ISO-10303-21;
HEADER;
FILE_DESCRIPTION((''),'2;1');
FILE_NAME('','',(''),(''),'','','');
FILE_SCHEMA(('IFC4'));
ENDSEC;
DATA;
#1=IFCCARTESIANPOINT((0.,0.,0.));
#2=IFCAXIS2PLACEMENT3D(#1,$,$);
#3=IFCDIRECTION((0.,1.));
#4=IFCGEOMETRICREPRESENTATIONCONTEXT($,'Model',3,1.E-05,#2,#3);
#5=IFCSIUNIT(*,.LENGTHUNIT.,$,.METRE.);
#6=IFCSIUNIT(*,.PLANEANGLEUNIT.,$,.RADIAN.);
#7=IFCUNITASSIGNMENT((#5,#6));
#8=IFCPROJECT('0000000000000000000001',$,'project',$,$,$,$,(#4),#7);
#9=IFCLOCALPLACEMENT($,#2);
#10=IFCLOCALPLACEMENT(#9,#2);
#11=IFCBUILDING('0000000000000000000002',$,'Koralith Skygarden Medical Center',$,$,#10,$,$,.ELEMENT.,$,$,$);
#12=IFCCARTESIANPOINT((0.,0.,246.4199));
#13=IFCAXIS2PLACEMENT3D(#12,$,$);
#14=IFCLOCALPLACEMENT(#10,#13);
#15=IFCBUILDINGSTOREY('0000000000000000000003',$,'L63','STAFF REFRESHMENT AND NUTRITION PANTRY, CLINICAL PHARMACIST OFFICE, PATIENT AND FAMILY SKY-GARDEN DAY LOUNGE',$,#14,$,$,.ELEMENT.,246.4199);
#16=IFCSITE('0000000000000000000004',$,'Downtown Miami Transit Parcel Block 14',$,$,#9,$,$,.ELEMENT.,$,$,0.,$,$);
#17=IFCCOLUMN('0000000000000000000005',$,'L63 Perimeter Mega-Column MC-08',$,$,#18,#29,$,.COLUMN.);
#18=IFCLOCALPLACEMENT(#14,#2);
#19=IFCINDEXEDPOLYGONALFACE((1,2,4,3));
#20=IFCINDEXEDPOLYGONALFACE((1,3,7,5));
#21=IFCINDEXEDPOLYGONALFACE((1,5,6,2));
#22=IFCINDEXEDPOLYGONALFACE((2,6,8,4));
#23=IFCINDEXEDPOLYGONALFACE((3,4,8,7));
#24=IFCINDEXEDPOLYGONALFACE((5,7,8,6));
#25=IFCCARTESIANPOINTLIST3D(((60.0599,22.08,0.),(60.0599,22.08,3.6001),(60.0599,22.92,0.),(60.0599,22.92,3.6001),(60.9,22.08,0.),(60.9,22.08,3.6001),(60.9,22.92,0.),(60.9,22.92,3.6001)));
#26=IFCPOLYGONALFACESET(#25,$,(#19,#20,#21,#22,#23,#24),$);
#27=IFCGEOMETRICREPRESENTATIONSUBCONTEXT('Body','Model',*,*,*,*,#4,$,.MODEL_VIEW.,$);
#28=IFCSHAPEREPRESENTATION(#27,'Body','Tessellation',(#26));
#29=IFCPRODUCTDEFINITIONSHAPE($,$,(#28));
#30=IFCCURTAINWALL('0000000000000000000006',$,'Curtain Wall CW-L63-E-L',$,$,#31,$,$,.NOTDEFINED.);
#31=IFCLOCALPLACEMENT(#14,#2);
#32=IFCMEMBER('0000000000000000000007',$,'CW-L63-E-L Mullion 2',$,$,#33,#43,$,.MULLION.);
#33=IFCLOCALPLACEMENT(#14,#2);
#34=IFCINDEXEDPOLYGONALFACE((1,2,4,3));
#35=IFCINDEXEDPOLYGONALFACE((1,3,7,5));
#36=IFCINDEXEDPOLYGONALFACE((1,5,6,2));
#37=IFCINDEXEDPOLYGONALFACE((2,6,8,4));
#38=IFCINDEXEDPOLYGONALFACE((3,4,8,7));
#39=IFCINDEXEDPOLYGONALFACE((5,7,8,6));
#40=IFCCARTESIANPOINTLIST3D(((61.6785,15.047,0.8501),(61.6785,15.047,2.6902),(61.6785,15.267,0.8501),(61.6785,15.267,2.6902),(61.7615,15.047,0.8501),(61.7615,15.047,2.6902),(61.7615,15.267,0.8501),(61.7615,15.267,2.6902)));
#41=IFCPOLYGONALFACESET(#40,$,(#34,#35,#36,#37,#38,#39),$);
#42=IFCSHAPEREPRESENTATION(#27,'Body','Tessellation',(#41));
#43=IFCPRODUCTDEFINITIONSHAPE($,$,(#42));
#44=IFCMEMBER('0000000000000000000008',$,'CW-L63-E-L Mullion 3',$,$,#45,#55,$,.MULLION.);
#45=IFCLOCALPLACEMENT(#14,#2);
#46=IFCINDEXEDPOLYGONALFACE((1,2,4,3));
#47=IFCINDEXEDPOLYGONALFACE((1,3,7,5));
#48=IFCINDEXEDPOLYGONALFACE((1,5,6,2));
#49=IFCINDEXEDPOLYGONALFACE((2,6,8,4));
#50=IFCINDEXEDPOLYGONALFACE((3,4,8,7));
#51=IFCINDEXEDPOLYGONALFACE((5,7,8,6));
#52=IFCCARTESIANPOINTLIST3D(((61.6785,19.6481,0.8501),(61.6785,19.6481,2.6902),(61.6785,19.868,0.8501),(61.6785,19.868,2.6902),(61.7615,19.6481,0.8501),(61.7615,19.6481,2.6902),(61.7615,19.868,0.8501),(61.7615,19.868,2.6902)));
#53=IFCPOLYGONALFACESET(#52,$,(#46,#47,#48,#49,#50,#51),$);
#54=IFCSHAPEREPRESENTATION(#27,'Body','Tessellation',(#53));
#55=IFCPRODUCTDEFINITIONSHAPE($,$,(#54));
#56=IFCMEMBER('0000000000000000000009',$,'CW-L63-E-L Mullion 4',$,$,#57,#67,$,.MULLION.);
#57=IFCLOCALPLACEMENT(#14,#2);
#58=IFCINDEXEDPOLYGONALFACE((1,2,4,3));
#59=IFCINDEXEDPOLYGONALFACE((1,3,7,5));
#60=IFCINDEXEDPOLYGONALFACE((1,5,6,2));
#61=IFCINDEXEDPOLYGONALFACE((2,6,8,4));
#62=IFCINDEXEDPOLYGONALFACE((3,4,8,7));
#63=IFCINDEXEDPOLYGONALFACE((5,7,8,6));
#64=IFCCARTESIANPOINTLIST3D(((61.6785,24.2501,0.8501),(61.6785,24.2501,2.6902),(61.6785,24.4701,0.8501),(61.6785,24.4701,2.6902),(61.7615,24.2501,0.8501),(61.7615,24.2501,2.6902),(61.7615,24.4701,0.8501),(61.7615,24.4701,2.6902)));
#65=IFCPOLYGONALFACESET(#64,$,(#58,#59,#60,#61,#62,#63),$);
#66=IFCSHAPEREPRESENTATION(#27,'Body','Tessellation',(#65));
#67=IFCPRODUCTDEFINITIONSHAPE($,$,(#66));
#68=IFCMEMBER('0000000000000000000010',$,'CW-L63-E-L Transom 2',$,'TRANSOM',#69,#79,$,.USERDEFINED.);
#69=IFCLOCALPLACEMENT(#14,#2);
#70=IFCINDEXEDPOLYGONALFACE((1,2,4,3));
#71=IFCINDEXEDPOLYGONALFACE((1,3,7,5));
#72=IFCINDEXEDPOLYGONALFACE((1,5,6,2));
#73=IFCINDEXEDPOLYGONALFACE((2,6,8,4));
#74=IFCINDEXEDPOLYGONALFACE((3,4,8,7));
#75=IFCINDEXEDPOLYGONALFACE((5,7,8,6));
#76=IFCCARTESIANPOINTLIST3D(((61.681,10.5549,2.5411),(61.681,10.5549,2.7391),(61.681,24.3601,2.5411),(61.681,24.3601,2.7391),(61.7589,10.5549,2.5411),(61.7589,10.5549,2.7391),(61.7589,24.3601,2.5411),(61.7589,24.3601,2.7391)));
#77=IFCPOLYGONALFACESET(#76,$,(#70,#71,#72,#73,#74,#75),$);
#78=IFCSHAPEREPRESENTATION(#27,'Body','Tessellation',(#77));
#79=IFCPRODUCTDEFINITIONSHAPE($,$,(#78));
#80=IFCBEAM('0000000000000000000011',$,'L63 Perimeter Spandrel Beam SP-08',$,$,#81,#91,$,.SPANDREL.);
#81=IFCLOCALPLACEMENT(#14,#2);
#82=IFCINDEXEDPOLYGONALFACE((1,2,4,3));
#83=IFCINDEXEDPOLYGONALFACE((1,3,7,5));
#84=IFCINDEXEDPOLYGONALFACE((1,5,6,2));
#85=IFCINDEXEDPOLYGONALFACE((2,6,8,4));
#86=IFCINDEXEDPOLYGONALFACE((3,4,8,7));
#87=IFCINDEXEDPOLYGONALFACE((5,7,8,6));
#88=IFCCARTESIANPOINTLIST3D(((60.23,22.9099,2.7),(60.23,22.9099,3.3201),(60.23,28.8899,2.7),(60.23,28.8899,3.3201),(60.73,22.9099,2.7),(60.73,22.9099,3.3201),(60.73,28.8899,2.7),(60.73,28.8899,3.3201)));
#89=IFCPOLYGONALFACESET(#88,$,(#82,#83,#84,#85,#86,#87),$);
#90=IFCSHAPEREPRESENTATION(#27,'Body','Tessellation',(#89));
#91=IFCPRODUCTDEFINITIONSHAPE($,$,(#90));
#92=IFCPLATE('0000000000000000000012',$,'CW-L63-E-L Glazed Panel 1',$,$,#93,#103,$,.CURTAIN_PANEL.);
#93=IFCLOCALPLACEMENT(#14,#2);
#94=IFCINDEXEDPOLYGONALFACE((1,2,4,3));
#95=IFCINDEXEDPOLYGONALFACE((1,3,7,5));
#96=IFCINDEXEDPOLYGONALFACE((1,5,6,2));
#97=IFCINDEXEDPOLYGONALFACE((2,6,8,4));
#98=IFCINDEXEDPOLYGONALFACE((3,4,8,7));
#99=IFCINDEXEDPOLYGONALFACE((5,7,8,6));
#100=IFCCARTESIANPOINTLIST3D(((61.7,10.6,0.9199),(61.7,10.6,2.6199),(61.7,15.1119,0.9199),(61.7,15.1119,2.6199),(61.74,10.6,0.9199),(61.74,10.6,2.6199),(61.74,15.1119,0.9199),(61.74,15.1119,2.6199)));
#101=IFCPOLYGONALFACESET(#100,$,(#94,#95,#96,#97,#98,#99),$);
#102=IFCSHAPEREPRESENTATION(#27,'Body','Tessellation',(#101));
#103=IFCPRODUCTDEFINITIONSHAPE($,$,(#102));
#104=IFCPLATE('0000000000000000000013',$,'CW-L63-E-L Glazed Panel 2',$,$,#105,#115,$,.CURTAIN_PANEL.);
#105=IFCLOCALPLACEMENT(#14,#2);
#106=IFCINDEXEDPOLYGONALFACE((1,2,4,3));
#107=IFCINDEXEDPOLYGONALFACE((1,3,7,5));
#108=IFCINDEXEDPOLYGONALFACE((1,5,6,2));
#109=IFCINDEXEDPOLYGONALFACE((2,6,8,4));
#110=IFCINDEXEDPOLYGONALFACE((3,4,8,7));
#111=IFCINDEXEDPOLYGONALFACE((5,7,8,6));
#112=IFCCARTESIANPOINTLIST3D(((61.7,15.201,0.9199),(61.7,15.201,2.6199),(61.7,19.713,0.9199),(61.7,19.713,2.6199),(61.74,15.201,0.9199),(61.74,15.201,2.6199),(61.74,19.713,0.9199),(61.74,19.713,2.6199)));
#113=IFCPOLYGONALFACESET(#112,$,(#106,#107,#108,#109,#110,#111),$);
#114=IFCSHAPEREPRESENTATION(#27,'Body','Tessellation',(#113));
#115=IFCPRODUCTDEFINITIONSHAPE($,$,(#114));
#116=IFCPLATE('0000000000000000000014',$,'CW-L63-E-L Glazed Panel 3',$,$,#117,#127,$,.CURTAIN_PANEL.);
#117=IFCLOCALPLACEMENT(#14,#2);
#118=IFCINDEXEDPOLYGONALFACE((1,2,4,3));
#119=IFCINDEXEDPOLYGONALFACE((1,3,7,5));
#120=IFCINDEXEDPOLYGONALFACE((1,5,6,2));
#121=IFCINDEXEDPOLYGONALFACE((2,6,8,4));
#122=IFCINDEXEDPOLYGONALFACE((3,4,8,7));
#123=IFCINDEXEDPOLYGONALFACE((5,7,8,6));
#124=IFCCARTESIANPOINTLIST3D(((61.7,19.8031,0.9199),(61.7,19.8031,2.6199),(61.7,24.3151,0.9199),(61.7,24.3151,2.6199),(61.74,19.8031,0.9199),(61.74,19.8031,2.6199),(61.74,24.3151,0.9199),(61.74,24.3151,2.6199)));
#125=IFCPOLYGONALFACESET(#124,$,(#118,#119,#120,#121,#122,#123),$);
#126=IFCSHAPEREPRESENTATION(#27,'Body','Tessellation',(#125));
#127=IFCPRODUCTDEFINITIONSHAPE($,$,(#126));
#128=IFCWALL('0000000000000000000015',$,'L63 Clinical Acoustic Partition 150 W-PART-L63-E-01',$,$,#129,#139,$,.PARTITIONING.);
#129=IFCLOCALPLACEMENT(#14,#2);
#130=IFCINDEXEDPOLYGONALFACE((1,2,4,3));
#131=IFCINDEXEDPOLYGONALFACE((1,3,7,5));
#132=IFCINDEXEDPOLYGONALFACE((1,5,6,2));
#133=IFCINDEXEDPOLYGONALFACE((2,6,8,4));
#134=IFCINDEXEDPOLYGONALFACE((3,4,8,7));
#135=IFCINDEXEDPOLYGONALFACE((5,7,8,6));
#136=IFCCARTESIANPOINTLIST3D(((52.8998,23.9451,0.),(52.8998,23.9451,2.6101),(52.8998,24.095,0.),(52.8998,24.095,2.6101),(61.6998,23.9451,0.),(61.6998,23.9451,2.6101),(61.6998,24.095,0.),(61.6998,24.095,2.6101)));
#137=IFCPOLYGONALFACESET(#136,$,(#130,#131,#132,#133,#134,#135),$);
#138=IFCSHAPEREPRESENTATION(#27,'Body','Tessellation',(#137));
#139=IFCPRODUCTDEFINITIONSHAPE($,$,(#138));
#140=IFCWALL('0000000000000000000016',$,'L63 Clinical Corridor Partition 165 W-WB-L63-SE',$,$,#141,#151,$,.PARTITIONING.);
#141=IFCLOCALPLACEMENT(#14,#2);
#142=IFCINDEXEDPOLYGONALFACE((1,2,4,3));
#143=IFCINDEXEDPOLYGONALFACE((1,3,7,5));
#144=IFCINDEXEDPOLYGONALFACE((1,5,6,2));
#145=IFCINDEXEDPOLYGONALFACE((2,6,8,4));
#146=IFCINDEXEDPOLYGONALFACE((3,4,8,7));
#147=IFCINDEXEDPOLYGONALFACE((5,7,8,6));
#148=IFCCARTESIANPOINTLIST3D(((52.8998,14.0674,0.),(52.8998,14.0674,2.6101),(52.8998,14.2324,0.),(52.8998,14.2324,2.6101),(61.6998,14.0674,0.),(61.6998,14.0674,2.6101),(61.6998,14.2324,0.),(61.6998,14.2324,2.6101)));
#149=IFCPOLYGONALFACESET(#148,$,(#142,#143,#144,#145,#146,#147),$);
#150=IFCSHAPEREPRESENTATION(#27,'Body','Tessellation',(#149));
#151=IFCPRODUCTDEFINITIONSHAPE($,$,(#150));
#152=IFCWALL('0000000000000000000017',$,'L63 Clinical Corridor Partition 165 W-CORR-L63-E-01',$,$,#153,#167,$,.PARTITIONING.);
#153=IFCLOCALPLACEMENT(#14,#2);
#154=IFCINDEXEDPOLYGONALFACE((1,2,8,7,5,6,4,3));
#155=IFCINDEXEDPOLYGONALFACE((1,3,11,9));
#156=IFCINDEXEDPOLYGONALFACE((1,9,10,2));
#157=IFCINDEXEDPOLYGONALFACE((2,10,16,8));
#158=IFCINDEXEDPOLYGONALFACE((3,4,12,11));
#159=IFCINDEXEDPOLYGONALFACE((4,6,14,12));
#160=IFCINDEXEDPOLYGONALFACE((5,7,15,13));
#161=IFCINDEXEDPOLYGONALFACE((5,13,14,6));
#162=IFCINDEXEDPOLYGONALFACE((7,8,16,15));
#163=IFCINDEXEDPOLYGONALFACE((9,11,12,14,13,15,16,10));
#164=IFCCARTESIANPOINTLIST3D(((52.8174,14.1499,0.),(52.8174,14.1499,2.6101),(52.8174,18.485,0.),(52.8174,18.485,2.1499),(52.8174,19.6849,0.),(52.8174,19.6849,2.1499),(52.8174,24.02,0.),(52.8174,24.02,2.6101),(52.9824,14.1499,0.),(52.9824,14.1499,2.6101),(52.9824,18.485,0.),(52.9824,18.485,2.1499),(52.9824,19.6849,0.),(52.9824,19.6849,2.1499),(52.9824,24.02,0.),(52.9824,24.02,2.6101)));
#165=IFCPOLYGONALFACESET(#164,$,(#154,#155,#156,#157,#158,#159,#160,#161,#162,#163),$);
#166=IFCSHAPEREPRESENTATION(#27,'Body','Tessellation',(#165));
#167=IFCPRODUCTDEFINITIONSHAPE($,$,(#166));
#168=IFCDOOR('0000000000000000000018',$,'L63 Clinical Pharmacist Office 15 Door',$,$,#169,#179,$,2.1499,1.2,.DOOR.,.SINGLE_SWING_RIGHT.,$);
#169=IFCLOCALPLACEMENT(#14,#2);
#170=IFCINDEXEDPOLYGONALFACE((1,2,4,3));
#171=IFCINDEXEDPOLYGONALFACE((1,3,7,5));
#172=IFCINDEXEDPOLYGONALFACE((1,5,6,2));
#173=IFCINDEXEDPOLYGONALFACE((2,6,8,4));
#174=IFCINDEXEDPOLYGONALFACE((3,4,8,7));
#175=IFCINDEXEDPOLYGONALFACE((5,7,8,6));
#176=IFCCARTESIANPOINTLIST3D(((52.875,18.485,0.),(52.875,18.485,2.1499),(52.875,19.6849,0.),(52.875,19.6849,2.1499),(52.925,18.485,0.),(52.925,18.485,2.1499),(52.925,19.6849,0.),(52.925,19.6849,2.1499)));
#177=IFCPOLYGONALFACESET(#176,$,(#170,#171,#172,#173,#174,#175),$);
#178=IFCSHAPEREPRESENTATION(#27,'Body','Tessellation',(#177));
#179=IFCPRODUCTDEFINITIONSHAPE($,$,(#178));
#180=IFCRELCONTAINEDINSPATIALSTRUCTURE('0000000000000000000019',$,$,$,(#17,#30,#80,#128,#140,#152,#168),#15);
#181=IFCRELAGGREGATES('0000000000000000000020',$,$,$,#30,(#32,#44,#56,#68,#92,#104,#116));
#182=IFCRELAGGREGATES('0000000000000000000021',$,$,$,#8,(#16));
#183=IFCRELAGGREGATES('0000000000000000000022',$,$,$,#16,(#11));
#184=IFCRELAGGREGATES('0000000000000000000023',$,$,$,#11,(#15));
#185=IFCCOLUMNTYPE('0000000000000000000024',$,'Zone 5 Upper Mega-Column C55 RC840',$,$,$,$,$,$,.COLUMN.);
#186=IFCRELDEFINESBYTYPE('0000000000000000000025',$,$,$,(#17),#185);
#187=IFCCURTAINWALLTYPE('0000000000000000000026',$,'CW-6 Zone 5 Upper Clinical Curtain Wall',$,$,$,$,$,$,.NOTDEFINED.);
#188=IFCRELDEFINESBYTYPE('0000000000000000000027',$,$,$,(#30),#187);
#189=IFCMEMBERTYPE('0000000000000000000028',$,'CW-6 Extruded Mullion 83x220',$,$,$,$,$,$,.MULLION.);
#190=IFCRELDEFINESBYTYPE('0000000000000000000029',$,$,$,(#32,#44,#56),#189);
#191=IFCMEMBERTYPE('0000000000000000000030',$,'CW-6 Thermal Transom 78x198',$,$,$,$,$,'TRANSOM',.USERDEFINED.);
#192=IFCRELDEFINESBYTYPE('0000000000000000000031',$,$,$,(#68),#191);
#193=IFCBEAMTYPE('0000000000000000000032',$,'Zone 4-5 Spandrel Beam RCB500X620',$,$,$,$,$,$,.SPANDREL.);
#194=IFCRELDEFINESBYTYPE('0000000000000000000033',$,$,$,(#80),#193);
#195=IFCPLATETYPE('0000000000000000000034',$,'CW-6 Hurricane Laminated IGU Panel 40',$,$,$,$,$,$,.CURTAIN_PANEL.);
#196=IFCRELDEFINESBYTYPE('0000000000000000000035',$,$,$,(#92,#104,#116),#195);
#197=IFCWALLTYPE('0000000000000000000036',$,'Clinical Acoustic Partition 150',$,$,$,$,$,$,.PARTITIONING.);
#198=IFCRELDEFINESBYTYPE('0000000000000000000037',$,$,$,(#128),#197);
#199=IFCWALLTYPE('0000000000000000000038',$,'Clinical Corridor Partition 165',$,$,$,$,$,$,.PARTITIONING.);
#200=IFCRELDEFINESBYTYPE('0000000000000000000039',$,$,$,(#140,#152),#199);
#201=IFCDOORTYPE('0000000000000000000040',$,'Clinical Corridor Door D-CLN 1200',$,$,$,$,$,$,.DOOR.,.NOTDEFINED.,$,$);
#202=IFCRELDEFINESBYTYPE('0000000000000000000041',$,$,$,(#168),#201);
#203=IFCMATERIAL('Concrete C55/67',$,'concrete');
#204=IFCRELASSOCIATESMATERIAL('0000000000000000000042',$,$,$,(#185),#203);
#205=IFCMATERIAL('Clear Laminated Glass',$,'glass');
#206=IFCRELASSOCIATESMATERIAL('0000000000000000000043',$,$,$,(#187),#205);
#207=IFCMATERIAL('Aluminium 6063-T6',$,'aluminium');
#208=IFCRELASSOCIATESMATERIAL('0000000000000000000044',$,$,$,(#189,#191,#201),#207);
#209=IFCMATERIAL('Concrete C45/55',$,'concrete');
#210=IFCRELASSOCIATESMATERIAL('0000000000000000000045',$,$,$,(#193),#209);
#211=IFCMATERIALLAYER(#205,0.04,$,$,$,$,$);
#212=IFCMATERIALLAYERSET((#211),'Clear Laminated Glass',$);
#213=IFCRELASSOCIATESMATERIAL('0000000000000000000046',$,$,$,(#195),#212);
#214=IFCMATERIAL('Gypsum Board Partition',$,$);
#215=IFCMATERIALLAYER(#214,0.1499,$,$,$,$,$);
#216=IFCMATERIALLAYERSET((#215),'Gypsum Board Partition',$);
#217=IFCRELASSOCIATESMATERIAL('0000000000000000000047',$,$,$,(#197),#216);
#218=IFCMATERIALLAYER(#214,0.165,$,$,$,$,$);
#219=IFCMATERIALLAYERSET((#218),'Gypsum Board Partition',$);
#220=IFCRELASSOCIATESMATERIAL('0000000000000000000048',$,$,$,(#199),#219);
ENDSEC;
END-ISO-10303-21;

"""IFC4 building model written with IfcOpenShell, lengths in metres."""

from ifc_helpers import new_model, si_unit, direction, frame, frame_2d, origin, origin_2d, place, context, subcontext, project, spatial, rectangle, extrude, material, layer, layer_set, material_profile, profile_set, type_object, element, fill, aggregate, save


model = new_model("IFC4")

# Units and contexts
model_context = context("Model", 3, precision=1e-05, world=origin(), true_north=direction((0.0, 1.0)))
body_context = subcontext(model_context, "Body", "Model", "MODEL_VIEW")
ifc_project = project(units=[si_unit("LENGTHUNIT", "METRE"), si_unit("PLANEANGLEUNIT", "RADIAN")], contexts=[model_context])

# Site, building, storey
site_placement = place(None, origin())
site = spatial("IfcSite", under=ifc_project, at=site_placement, Name="Downtown Miami Transit Parcel Block 14", CompositionType="ELEMENT", RefElevation=0.0)
building_placement = place(site_placement, origin())
building = spatial("IfcBuilding", under=site, at=building_placement, Name="Koralith Skygarden Medical Center", CompositionType="ELEMENT")
storey_placement = place(building_placement, frame((0.0, 0.0, 246.4199)))
storey = spatial("IfcBuildingStorey", under=building, at=storey_placement, Name="L63", Description="STAFF REFRESHMENT AND NUTRITION PANTRY, CLINICAL PHARMACIST OFFICE, PATIENT AND FAMILY SKY-GARDEN DAY LOUNGE", CompositionType="ELEMENT", Elevation=246.4199)

# Column
ifc_material_1 = material(Name="Concrete C55/67", Category="concrete")
ifc_material_profile_1 = material_profile(ifc_material_1, rectangle(XDim=0.8401, YDim=0.8401, at=origin_2d()), Name="RC840X840")
ifc_profile_set_1 = profile_set([ifc_material_profile_1], Name="Concrete C55/67")
column_type = type_object("IfcColumnType", Name="Zone 5 Upper Mega-Column C55 RC840", PredefinedType="COLUMN", material=ifc_profile_set_1)
column_placement = place(storey_placement, frame((60.48, 22.5, 0.0), z_axis=(0.0, 0.0, 1.0), x_axis=(1.0, 0.0, 0.0)))
element("IfcColumn", 1, at=column_placement, inside=storey, type_object=column_type, Name="L63 Perimeter Mega-Column MC-08", PredefinedType="COLUMN", context=body_context, shape_type="SweptSolid", body=[
    extrude(rectangle(XDim=0.8401, YDim=0.8401, at=origin_2d()), origin(), (0.0, 0.0, 1.0), 3.6001),
])

# Curtain wall, members
ifc_material_2 = material(Name="Clear Laminated Glass", Category="glass")
curtain_wall_type = type_object("IfcCurtainWallType", Name="CW-6 Zone 5 Upper Clinical Curtain Wall", PredefinedType="NOTDEFINED", material=ifc_material_2)
curtain_wall_placement = place(storey_placement, origin())
curtain_wall = element("IfcCurtainWall", 2, at=curtain_wall_placement, inside=storey, type_object=curtain_wall_type, Name="Curtain Wall CW-L63-E-L", PredefinedType="NOTDEFINED")
ifc_material_3 = material(Name="Aluminium 6063-T6", Category="aluminium")
ifc_material_profile_2 = material_profile(ifc_material_3, rectangle(XDim=0.083, YDim=0.22, at=origin_2d()), Name="MUL83X220")
ifc_profile_set_2 = profile_set([ifc_material_profile_2], Name="Aluminium 6063-T6")
member_type_1 = type_object("IfcMemberType", Name="CW-6 Extruded Mullion 83x220", PredefinedType="MULLION", material=ifc_profile_set_2)
member_1_placement = place(storey_placement, frame((61.72, 15.157, 0.8501), z_axis=(0.0, 0.0, 1.0), x_axis=(1.0, 0.0, 0.0)))
member_1 = element("IfcMember", 3, at=member_1_placement, type_object=member_type_1, Name="CW-L63-E-L Mullion 2", PredefinedType="MULLION", context=body_context, shape_type="SweptSolid", body=[
    extrude(rectangle(XDim=0.083, YDim=0.22, at=origin_2d()), origin(), (0.0, 0.0, 1.0), 1.8401),
])
member_2_placement = place(storey_placement, frame((61.72, 19.7581, 0.8501), z_axis=(0.0, 0.0, 1.0), x_axis=(1.0, 0.0, 0.0)))
member_2 = element("IfcMember", 4, at=member_2_placement, type_object=member_type_1, Name="CW-L63-E-L Mullion 3", PredefinedType="MULLION", context=body_context, shape_type="SweptSolid", body=[
    extrude(rectangle(XDim=0.083, YDim=0.22, at=origin_2d()), origin(), (0.0, 0.0, 1.0), 1.8401),
])
member_3_placement = place(storey_placement, frame((61.72, 24.3601, 0.8501), z_axis=(0.0, 0.0, 1.0), x_axis=(1.0, 0.0, 0.0)))
member_3 = element("IfcMember", 5, at=member_3_placement, type_object=member_type_1, Name="CW-L63-E-L Mullion 4", PredefinedType="MULLION", context=body_context, shape_type="SweptSolid", body=[
    extrude(rectangle(XDim=0.083, YDim=0.22, at=origin_2d()), origin(), (0.0, 0.0, 1.0), 1.8401),
])
ifc_material_profile_3 = material_profile(ifc_material_3, rectangle(XDim=0.0779, YDim=0.198, at=origin_2d()), Name="TRN78X198")
ifc_profile_set_3 = profile_set([ifc_material_profile_3], Name="Aluminium 6063-T6")
member_type_2 = type_object("IfcMemberType", Name="CW-6 Thermal Transom 78x198", ElementType="TRANSOM", PredefinedType="USERDEFINED", material=ifc_profile_set_3)
member_4_placement = place(storey_placement, frame((61.72, 10.5549, 2.6401), z_axis=(0.0, 1.0, 0.0), x_axis=(-1.0, 0.0, 0.0)))
member_4 = element("IfcMember", 6, at=member_4_placement, type_object=member_type_2, Name="CW-L63-E-L Transom 2", ObjectType="TRANSOM", PredefinedType="USERDEFINED", context=body_context, shape_type="SweptSolid", body=[
    extrude(rectangle(XDim=0.0779, YDim=0.198, at=origin_2d()), origin(), (0.0, 0.0, 1.0), 13.8052),
])

# Beam
ifc_material_4 = material(Name="Concrete C45/55", Category="concrete")
ifc_material_profile_4 = material_profile(ifc_material_4, rectangle(XDim=0.5, YDim=0.6201, at=origin_2d()), Name="RCB500X620")
ifc_profile_set_4 = profile_set([ifc_material_profile_4], Name="Concrete C45/55")
beam_type = type_object("IfcBeamType", Name="Zone 4-5 Spandrel Beam RCB500X620", PredefinedType="SPANDREL", material=ifc_profile_set_4)
beam_placement = place(storey_placement, frame((60.48, 22.9099, 3.01), z_axis=(0.0, 1.0, 0.0), x_axis=(-1.0, 0.0, 0.0)))
element("IfcBeam", 7, at=beam_placement, inside=storey, type_object=beam_type, Name="L63 Perimeter Spandrel Beam SP-08", PredefinedType="SPANDREL", context=body_context, shape_type="SweptSolid", body=[
    extrude(rectangle(XDim=0.5, YDim=0.6201, at=origin_2d()), origin(), (0.0, 0.0, 1.0), 5.98),
])

# Plates
ifc_layer_1 = layer(ifc_material_2, 0.04)
ifc_layer_set_1 = layer_set([ifc_layer_1], Name="Clear Laminated Glass")
plate_type = type_object("IfcPlateType", Name="CW-6 Hurricane Laminated IGU Panel 40", PredefinedType="CURTAIN_PANEL", material=ifc_layer_set_1)
plate_1_placement = place(storey_placement, frame((61.72, 12.856, 0.9199), z_axis=(0.0, 0.0, 1.0), x_axis=(0.0, 1.0, 0.0)))
plate_1 = element("IfcPlate", 8, at=plate_1_placement, type_object=plate_type, Name="CW-L63-E-L Glazed Panel 1", PredefinedType="CURTAIN_PANEL", context=body_context, shape_type="SweptSolid", body=[
    extrude(rectangle(XDim=4.512, YDim=0.04, at=origin_2d()), origin(), (0.0, 0.0, 1.0), 1.7),
])
plate_2_placement = place(storey_placement, frame((61.72, 17.457, 0.9199), z_axis=(0.0, 0.0, 1.0), x_axis=(0.0, 1.0, 0.0)))
plate_2 = element("IfcPlate", 9, at=plate_2_placement, type_object=plate_type, Name="CW-L63-E-L Glazed Panel 2", PredefinedType="CURTAIN_PANEL", context=body_context, shape_type="SweptSolid", body=[
    extrude(rectangle(XDim=4.512, YDim=0.04, at=origin_2d()), origin(), (0.0, 0.0, 1.0), 1.7),
])
plate_3_placement = place(storey_placement, frame((61.72, 22.0591, 0.9199), z_axis=(0.0, 0.0, 1.0), x_axis=(0.0, 1.0, 0.0)))
plate_3 = element("IfcPlate", 10, at=plate_3_placement, type_object=plate_type, Name="CW-L63-E-L Glazed Panel 3", PredefinedType="CURTAIN_PANEL", context=body_context, shape_type="SweptSolid", body=[
    extrude(rectangle(XDim=4.512, YDim=0.04, at=origin_2d()), origin(), (0.0, 0.0, 1.0), 1.7),
])
aggregate(curtain_wall, [member_1, member_2, member_3, member_4, plate_1, plate_2, plate_3])

# Walls
ifc_material_5 = material(Name="Gypsum Board Partition")
ifc_layer_2 = layer(ifc_material_5, 0.1499)
ifc_layer_set_2 = layer_set([ifc_layer_2], Name="Gypsum Board Partition")
wall_type_1 = type_object("IfcWallType", Name="Clinical Acoustic Partition 150", PredefinedType="PARTITIONING", material=ifc_layer_set_2)
wall_1_placement = place(storey_placement, frame((52.8999, 24.02, 0.0), z_axis=(0.0, 0.0, 1.0), x_axis=(1.0, 0.0, 0.0)))
element("IfcWall", 11, at=wall_1_placement, inside=storey, type_object=wall_type_1, Name="L63 Clinical Acoustic Partition 150 W-PART-L63-E-01", PredefinedType="PARTITIONING", context=body_context, shape_type="SweptSolid", body=[
    extrude(rectangle(XDim=8.8, YDim=0.1499, at=frame_2d((4.3999, 0.0))), origin(), (0.0, 0.0, 1.0), 2.6101),
])
ifc_layer_3 = layer(ifc_material_5, 0.165)
ifc_layer_set_3 = layer_set([ifc_layer_3], Name="Gypsum Board Partition")
wall_type_2 = type_object("IfcWallType", Name="Clinical Corridor Partition 165", PredefinedType="PARTITIONING", material=ifc_layer_set_3)
wall_2_placement = place(storey_placement, frame((52.8999, 14.1499, 0.0), z_axis=(0.0, 0.0, 1.0), x_axis=(1.0, 0.0, 0.0)))
element("IfcWall", 12, at=wall_2_placement, inside=storey, type_object=wall_type_2, Name="L63 Clinical Corridor Partition 165 W-WB-L63-SE", PredefinedType="PARTITIONING", context=body_context, shape_type="SweptSolid", body=[
    extrude(rectangle(XDim=8.8, YDim=0.165, at=frame_2d((4.3999, 0.0))), origin(), (0.0, 0.0, 1.0), 2.6101),
])

# Wall, opening, door
wall_3_placement = place(storey_placement, frame((52.8999, 14.1499, 0.0), z_axis=(0.0, 0.0, 1.0), x_axis=(0.0, 1.0, 0.0)))
wall_3 = element("IfcWall", 13, at=wall_3_placement, inside=storey, type_object=wall_type_2, Name="L63 Clinical Corridor Partition 165 W-CORR-L63-E-01", PredefinedType="PARTITIONING", context=body_context, shape_type="SweptSolid", body=[
    extrude(rectangle(XDim=9.8701, YDim=0.165, at=frame_2d((4.9351, 0.0))), origin(), (0.0, 0.0, 1.0), 2.6101),
])
opening_1_placement = place(wall_3_placement, frame((4.335, 0.0, 0.0)))
opening_1 = element("IfcOpeningElement", 14, at=opening_1_placement, cuts=wall_3, PredefinedType="OPENING", context=body_context, shape_type="SweptSolid", body=[
    extrude(rectangle(XDim=1.2, YDim=2.1499, at=frame_2d((0.6001, 1.075))), frame((0.0, 0.0925, 0.0), z_axis=(0.0, -1.0, 0.0), x_axis=(1.0, 0.0, 0.0)), (0.0, 0.0, 1.0), 0.1851),
])
door_type_1 = type_object("IfcDoorType", Name="Clinical Corridor Door D-CLN 1200", OperationType="NOTDEFINED", PredefinedType="DOOR", material=ifc_material_3)
door_1_placement = place(opening_1_placement, origin())
door_1 = element("IfcDoor", 15, at=door_1_placement, inside=storey, type_object=door_type_1, Name="L63 Clinical Pharmacist Office 15 Door", OperationType="SINGLE_SWING_RIGHT", OverallHeight=2.1499, OverallWidth=1.2, PredefinedType="DOOR", context=body_context, shape_type="SweptSolid", body=[
    extrude(rectangle(XDim=1.2, YDim=2.1499, at=frame_2d((0.6001, 1.075))), frame((0.0, 0.0249, 0.0), z_axis=(0.0, -1.0, 0.0), x_axis=(1.0, 0.0, 0.0)), (0.0, 0.0, 1.0), 0.05),
])
fill(opening_1, door_1)

save(model, "model.ifc")
